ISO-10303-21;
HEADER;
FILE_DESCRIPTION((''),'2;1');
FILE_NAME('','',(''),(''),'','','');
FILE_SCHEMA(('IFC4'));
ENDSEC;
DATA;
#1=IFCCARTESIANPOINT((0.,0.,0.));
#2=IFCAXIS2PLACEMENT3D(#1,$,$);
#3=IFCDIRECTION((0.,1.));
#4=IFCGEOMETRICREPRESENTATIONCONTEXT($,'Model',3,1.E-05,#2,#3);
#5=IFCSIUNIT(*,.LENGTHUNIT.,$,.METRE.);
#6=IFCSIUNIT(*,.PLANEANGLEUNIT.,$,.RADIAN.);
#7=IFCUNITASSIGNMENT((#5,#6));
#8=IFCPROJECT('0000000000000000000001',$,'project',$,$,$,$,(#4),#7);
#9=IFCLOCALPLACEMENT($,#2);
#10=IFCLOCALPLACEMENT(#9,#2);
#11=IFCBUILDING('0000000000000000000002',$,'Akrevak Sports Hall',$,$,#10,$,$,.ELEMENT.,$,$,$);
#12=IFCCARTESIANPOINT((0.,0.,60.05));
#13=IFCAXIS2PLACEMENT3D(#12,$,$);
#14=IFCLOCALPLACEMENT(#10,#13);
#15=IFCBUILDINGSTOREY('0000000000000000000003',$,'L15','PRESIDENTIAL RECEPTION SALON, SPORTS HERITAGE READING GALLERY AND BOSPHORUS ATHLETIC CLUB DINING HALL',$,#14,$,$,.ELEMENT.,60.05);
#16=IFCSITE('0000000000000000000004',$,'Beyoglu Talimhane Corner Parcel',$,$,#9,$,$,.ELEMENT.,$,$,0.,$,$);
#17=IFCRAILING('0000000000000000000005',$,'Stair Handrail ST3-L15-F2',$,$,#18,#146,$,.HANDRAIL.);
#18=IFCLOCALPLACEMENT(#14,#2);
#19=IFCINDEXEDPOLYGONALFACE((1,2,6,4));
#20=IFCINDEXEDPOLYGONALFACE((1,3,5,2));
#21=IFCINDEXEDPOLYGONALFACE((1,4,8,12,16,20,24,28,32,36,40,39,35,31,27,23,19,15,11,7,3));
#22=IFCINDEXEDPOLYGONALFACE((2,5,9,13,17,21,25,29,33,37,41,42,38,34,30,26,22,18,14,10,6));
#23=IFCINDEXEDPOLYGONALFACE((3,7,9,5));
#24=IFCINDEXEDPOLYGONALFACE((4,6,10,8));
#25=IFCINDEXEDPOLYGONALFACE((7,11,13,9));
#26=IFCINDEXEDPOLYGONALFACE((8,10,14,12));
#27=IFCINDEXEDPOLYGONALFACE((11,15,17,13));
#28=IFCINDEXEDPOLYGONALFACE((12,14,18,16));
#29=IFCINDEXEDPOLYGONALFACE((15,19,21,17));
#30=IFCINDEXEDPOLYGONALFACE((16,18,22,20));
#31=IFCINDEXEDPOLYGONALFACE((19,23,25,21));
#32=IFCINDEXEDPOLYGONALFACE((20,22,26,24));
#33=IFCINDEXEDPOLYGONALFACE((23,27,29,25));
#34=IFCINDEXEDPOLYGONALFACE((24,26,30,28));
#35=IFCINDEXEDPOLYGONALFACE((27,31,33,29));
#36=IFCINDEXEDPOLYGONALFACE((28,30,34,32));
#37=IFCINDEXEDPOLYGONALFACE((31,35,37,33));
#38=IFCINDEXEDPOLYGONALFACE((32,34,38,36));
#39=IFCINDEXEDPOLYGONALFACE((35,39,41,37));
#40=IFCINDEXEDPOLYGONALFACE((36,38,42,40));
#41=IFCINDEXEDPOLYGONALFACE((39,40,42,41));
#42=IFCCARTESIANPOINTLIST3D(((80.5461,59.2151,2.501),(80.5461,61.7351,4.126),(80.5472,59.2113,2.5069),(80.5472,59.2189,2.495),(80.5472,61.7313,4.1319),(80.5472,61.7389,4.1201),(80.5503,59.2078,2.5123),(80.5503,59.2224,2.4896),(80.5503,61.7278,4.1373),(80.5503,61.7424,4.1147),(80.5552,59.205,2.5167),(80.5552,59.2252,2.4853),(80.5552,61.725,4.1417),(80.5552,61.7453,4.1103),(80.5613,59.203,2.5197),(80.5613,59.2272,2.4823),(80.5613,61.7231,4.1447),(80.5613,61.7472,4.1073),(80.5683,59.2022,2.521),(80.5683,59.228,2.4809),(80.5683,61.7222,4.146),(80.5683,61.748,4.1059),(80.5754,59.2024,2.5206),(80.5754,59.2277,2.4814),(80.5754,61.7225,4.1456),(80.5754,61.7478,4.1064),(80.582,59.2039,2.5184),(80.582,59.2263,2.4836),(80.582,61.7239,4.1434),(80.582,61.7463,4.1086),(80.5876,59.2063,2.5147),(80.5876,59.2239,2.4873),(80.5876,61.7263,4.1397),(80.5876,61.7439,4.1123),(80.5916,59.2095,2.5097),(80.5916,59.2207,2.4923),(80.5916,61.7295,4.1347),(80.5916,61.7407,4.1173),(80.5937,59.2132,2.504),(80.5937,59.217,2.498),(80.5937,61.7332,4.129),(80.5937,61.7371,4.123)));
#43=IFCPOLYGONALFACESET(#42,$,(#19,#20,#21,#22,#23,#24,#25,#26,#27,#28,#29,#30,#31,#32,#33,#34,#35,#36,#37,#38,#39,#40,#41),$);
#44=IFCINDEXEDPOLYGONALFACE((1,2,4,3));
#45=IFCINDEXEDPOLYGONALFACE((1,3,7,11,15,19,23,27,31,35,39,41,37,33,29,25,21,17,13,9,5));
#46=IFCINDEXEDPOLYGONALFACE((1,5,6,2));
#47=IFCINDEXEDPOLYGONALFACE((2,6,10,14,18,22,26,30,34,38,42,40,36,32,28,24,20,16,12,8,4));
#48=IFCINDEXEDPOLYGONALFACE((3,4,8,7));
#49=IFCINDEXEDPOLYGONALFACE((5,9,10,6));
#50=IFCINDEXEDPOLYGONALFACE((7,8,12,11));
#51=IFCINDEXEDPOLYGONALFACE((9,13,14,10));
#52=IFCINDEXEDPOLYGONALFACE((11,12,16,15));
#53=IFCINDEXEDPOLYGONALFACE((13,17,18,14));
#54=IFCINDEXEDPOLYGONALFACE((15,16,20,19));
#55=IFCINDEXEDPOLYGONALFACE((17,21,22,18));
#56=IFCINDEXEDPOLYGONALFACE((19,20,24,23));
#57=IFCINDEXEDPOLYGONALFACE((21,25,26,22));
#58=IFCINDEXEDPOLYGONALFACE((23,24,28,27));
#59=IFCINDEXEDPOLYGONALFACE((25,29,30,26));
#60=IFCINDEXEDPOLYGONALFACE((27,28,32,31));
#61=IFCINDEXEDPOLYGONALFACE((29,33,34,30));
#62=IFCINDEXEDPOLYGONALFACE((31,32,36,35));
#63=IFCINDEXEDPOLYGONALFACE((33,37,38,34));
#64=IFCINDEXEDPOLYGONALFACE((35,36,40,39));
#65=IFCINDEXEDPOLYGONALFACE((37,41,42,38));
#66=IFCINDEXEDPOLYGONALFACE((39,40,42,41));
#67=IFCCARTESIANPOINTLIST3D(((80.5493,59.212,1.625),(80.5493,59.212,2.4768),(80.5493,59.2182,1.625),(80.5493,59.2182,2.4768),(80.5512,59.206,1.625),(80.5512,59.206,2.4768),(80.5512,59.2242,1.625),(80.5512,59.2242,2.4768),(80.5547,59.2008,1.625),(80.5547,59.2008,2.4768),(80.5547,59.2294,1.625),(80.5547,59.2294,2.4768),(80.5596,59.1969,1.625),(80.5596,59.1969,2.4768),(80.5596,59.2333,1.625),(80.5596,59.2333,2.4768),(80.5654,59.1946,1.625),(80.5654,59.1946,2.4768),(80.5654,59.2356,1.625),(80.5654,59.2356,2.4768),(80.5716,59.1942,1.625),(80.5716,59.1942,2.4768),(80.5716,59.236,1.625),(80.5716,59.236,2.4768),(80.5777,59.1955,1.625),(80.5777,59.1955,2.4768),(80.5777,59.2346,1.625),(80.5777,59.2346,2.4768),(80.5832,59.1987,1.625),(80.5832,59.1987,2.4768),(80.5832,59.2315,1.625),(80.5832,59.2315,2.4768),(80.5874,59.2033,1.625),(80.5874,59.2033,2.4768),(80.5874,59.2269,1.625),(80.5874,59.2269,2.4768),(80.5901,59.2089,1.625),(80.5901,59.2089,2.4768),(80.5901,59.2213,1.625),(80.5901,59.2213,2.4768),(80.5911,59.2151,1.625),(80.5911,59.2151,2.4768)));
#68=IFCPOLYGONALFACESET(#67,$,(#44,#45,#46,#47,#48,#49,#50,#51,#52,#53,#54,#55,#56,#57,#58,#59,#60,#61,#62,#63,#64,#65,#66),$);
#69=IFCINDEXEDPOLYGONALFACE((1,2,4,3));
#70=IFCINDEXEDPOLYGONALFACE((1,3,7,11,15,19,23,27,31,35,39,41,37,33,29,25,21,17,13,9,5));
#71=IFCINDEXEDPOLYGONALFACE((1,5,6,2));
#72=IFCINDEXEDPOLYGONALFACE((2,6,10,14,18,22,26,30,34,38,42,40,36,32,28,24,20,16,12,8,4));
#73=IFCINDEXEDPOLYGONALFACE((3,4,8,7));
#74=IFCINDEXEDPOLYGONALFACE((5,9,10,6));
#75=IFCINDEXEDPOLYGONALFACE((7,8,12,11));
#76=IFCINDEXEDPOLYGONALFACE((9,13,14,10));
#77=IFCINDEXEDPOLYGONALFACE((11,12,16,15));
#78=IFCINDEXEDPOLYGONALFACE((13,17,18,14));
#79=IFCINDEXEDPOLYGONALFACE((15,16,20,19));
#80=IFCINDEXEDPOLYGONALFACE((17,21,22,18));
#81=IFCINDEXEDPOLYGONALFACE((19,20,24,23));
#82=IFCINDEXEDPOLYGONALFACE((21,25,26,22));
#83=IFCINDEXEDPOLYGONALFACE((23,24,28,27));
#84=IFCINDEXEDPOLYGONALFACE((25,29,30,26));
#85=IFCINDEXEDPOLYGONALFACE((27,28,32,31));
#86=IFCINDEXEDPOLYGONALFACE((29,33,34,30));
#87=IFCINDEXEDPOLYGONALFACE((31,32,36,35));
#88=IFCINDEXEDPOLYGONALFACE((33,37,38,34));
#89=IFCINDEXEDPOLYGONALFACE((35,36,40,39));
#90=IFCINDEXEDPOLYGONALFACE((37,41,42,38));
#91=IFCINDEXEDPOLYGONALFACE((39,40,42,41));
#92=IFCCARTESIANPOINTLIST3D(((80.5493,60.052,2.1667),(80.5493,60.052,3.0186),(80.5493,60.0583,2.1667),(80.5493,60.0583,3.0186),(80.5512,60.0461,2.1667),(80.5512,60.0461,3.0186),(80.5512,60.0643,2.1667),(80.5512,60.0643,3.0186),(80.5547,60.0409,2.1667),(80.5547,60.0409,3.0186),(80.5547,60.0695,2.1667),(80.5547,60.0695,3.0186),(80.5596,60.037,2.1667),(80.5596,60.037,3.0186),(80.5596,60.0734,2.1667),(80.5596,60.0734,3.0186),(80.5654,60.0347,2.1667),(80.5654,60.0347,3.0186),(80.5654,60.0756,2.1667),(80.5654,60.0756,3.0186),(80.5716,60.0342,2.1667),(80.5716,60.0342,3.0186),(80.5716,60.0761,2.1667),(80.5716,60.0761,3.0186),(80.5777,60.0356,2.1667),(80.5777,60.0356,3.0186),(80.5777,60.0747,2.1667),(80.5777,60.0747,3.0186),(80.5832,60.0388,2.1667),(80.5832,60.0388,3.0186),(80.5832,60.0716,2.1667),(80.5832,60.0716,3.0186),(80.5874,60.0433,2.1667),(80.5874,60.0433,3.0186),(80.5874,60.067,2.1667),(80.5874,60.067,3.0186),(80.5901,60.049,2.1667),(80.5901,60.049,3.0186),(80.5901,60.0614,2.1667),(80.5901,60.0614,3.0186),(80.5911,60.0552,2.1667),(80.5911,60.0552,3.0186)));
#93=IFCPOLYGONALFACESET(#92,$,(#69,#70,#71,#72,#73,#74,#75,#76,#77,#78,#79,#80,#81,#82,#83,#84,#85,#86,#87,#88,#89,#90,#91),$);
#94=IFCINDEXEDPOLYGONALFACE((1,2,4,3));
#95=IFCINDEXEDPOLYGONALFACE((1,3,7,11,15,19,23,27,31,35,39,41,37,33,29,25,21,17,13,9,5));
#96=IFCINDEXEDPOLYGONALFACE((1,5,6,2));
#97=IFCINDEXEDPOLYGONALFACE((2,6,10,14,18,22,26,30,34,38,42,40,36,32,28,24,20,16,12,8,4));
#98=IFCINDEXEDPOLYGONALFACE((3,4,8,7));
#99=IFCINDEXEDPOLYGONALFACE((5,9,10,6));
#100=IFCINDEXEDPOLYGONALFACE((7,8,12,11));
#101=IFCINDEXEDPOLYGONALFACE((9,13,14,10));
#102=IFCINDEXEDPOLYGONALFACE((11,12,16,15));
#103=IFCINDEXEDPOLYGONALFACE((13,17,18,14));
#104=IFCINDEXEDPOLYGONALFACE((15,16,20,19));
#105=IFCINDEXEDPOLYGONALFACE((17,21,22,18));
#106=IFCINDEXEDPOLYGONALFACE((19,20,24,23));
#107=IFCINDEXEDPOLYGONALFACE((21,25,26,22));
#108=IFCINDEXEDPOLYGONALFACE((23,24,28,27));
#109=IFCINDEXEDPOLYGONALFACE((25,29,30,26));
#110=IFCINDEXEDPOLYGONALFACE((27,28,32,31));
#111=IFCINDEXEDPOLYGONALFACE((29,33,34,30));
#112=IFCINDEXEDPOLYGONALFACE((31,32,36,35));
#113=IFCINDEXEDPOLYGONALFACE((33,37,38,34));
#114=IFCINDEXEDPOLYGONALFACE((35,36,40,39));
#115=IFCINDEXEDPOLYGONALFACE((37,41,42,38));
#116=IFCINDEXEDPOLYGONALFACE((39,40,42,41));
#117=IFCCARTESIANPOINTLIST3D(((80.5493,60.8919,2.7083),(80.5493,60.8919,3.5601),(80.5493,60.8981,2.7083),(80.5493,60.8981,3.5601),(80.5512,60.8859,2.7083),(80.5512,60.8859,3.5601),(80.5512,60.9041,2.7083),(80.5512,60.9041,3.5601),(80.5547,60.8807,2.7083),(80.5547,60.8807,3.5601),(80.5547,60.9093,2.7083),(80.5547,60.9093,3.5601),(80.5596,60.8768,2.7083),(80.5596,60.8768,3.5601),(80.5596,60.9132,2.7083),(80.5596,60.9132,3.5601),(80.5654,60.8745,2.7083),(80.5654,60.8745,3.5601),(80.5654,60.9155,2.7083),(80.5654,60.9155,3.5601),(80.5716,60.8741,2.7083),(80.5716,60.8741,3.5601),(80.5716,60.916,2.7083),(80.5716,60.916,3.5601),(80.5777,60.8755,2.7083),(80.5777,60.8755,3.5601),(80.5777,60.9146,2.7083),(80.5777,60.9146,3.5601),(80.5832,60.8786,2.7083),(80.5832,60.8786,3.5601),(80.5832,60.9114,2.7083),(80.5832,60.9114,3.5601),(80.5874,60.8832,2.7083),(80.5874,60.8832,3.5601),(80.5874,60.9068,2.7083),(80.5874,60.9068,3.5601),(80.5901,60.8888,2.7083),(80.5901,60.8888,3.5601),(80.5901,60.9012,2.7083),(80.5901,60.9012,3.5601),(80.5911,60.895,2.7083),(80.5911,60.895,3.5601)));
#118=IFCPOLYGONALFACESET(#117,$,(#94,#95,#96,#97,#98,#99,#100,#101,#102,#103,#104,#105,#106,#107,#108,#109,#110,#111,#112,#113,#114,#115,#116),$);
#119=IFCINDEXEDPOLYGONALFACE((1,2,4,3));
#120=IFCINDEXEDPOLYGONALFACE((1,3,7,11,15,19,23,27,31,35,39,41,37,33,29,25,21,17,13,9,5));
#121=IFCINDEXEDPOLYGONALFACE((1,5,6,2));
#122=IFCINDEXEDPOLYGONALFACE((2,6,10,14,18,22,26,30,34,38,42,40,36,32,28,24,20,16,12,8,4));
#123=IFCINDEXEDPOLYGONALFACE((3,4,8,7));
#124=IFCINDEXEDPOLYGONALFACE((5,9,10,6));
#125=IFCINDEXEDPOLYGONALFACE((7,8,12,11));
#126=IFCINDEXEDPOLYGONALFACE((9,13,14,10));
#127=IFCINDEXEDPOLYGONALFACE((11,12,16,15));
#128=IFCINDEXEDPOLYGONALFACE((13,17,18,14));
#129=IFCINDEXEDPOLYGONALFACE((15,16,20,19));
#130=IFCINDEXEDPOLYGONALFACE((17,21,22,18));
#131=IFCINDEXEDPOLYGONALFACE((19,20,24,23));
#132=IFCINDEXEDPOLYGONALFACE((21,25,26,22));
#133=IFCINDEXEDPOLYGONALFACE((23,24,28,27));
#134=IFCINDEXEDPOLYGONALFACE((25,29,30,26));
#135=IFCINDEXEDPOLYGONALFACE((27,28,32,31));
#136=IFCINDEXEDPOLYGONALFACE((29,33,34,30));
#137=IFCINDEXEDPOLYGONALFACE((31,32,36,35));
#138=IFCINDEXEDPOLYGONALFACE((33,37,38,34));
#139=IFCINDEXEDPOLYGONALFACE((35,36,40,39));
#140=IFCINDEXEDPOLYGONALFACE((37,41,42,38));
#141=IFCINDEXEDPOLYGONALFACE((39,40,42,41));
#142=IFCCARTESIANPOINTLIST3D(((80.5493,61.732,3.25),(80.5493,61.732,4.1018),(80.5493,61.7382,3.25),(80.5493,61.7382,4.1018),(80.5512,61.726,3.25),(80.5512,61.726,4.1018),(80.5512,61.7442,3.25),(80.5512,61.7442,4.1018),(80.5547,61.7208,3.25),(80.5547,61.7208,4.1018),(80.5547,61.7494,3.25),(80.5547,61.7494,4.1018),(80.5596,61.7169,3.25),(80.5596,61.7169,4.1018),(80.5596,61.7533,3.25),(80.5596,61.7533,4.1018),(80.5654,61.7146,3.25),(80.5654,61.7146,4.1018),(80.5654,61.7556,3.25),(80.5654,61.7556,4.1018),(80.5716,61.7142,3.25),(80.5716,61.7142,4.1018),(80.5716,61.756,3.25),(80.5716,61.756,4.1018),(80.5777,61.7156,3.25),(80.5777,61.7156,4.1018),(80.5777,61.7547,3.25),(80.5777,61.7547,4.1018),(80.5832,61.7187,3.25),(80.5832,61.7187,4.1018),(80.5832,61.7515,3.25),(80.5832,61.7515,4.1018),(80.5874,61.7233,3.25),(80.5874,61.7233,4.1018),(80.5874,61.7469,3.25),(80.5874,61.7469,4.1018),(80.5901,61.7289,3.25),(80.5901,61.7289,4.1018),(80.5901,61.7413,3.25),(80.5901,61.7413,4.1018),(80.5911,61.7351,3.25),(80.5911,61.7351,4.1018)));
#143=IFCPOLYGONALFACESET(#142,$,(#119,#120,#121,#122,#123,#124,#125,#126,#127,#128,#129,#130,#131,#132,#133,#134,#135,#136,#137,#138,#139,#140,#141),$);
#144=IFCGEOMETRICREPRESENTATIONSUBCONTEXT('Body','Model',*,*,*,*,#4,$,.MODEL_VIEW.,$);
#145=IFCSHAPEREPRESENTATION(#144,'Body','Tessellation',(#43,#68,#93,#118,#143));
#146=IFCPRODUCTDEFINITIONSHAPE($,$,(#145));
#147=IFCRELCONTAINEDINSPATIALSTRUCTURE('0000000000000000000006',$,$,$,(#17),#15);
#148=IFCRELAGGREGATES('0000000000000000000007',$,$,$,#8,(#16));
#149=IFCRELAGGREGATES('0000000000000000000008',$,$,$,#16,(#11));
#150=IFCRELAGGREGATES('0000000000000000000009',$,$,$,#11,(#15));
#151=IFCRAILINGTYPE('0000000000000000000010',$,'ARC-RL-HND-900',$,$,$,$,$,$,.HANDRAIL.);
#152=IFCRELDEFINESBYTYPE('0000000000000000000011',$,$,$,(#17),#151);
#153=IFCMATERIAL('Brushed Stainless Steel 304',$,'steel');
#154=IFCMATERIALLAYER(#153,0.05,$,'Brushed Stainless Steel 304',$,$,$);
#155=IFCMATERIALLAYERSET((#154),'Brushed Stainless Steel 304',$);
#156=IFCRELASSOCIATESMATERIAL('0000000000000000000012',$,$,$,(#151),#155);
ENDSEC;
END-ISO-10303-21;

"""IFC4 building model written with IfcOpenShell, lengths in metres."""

from ifc_helpers import new_model, si_unit, direction, frame, origin, origin_2d, place, context, subcontext, project, spatial, circle, extrude, material, layer, layer_set, type_object, element, save


model = new_model("IFC4")

# Units and contexts
model_context = context("Model", 3, precision=1e-05, world=origin(), true_north=direction((0.0, 1.0)))
body_context = subcontext(model_context, "Body", "Model", "MODEL_VIEW")
ifc_project = project(units=[si_unit("LENGTHUNIT", "METRE"), si_unit("PLANEANGLEUNIT", "RADIAN")], contexts=[model_context])

# Site, building, storey
site_placement = place(None, origin())
site = spatial("IfcSite", under=ifc_project, at=site_placement, Name="Beyoglu Talimhane Corner Parcel", CompositionType="ELEMENT", RefElevation=0.0)
building_placement = place(site_placement, origin())
building = spatial("IfcBuilding", under=site, at=building_placement, Name="Akrevak Sports Hall", CompositionType="ELEMENT")
storey_placement = place(building_placement, frame((0.0, 0.0, 60.05)))
storey = spatial("IfcBuildingStorey", under=building, at=storey_placement, Name="L15", Description="PRESIDENTIAL RECEPTION SALON, SPORTS HERITAGE READING GALLERY AND BOSPHORUS ATHLETIC CLUB DINING HALL", CompositionType="ELEMENT", Elevation=60.05)

# Railing
ifc_material_1 = material(Name="Brushed Stainless Steel 304", Category="steel")
ifc_layer_1 = layer(ifc_material_1, 0.05, Name="Brushed Stainless Steel 304")
ifc_layer_set_1 = layer_set([ifc_layer_1], Name="Brushed Stainless Steel 304")
railing_type_1 = type_object("IfcRailingType", Name="ARC-RL-HND-900", PredefinedType="HANDRAIL", material=ifc_layer_set_1)
railing_1_placement = place(storey_placement, frame((80.5701, 59.2151, 1.625)))
element("IfcRailing", 1, at=railing_1_placement, inside=storey, type_object=railing_type_1, Name="Stair Handrail ST3-L15-F2", PredefinedType="HANDRAIL", context=body_context, shape_type="SweptSolid", body=[
    extrude(circle(Radius=0.0239, at=origin_2d()), frame((0.0, 0.0, 0.876), z_axis=(0.0, 0.840421, 0.541934), x_axis=(-1.0, 0.0, 0.0)), (0.0, 0.0, 1.0), 2.9985),
    extrude(circle(Radius=0.021, at=origin_2d()), origin(), (0.0, 0.0, 1.0), 0.8518),
    extrude(circle(Radius=0.021, at=origin_2d()), frame((0.0, 0.8401, 0.5417)), (0.0, 0.0, 1.0), 0.8518),
    extrude(circle(Radius=0.021, at=origin_2d()), frame((0.0, 1.6799, 1.0833)), (0.0, 0.0, 1.0), 0.8518),
    extrude(circle(Radius=0.021, at=origin_2d()), frame((0.0, 2.52, 1.625)), (0.0, 0.0, 1.0), 0.8518),
])

save(model, "model.ifc")
